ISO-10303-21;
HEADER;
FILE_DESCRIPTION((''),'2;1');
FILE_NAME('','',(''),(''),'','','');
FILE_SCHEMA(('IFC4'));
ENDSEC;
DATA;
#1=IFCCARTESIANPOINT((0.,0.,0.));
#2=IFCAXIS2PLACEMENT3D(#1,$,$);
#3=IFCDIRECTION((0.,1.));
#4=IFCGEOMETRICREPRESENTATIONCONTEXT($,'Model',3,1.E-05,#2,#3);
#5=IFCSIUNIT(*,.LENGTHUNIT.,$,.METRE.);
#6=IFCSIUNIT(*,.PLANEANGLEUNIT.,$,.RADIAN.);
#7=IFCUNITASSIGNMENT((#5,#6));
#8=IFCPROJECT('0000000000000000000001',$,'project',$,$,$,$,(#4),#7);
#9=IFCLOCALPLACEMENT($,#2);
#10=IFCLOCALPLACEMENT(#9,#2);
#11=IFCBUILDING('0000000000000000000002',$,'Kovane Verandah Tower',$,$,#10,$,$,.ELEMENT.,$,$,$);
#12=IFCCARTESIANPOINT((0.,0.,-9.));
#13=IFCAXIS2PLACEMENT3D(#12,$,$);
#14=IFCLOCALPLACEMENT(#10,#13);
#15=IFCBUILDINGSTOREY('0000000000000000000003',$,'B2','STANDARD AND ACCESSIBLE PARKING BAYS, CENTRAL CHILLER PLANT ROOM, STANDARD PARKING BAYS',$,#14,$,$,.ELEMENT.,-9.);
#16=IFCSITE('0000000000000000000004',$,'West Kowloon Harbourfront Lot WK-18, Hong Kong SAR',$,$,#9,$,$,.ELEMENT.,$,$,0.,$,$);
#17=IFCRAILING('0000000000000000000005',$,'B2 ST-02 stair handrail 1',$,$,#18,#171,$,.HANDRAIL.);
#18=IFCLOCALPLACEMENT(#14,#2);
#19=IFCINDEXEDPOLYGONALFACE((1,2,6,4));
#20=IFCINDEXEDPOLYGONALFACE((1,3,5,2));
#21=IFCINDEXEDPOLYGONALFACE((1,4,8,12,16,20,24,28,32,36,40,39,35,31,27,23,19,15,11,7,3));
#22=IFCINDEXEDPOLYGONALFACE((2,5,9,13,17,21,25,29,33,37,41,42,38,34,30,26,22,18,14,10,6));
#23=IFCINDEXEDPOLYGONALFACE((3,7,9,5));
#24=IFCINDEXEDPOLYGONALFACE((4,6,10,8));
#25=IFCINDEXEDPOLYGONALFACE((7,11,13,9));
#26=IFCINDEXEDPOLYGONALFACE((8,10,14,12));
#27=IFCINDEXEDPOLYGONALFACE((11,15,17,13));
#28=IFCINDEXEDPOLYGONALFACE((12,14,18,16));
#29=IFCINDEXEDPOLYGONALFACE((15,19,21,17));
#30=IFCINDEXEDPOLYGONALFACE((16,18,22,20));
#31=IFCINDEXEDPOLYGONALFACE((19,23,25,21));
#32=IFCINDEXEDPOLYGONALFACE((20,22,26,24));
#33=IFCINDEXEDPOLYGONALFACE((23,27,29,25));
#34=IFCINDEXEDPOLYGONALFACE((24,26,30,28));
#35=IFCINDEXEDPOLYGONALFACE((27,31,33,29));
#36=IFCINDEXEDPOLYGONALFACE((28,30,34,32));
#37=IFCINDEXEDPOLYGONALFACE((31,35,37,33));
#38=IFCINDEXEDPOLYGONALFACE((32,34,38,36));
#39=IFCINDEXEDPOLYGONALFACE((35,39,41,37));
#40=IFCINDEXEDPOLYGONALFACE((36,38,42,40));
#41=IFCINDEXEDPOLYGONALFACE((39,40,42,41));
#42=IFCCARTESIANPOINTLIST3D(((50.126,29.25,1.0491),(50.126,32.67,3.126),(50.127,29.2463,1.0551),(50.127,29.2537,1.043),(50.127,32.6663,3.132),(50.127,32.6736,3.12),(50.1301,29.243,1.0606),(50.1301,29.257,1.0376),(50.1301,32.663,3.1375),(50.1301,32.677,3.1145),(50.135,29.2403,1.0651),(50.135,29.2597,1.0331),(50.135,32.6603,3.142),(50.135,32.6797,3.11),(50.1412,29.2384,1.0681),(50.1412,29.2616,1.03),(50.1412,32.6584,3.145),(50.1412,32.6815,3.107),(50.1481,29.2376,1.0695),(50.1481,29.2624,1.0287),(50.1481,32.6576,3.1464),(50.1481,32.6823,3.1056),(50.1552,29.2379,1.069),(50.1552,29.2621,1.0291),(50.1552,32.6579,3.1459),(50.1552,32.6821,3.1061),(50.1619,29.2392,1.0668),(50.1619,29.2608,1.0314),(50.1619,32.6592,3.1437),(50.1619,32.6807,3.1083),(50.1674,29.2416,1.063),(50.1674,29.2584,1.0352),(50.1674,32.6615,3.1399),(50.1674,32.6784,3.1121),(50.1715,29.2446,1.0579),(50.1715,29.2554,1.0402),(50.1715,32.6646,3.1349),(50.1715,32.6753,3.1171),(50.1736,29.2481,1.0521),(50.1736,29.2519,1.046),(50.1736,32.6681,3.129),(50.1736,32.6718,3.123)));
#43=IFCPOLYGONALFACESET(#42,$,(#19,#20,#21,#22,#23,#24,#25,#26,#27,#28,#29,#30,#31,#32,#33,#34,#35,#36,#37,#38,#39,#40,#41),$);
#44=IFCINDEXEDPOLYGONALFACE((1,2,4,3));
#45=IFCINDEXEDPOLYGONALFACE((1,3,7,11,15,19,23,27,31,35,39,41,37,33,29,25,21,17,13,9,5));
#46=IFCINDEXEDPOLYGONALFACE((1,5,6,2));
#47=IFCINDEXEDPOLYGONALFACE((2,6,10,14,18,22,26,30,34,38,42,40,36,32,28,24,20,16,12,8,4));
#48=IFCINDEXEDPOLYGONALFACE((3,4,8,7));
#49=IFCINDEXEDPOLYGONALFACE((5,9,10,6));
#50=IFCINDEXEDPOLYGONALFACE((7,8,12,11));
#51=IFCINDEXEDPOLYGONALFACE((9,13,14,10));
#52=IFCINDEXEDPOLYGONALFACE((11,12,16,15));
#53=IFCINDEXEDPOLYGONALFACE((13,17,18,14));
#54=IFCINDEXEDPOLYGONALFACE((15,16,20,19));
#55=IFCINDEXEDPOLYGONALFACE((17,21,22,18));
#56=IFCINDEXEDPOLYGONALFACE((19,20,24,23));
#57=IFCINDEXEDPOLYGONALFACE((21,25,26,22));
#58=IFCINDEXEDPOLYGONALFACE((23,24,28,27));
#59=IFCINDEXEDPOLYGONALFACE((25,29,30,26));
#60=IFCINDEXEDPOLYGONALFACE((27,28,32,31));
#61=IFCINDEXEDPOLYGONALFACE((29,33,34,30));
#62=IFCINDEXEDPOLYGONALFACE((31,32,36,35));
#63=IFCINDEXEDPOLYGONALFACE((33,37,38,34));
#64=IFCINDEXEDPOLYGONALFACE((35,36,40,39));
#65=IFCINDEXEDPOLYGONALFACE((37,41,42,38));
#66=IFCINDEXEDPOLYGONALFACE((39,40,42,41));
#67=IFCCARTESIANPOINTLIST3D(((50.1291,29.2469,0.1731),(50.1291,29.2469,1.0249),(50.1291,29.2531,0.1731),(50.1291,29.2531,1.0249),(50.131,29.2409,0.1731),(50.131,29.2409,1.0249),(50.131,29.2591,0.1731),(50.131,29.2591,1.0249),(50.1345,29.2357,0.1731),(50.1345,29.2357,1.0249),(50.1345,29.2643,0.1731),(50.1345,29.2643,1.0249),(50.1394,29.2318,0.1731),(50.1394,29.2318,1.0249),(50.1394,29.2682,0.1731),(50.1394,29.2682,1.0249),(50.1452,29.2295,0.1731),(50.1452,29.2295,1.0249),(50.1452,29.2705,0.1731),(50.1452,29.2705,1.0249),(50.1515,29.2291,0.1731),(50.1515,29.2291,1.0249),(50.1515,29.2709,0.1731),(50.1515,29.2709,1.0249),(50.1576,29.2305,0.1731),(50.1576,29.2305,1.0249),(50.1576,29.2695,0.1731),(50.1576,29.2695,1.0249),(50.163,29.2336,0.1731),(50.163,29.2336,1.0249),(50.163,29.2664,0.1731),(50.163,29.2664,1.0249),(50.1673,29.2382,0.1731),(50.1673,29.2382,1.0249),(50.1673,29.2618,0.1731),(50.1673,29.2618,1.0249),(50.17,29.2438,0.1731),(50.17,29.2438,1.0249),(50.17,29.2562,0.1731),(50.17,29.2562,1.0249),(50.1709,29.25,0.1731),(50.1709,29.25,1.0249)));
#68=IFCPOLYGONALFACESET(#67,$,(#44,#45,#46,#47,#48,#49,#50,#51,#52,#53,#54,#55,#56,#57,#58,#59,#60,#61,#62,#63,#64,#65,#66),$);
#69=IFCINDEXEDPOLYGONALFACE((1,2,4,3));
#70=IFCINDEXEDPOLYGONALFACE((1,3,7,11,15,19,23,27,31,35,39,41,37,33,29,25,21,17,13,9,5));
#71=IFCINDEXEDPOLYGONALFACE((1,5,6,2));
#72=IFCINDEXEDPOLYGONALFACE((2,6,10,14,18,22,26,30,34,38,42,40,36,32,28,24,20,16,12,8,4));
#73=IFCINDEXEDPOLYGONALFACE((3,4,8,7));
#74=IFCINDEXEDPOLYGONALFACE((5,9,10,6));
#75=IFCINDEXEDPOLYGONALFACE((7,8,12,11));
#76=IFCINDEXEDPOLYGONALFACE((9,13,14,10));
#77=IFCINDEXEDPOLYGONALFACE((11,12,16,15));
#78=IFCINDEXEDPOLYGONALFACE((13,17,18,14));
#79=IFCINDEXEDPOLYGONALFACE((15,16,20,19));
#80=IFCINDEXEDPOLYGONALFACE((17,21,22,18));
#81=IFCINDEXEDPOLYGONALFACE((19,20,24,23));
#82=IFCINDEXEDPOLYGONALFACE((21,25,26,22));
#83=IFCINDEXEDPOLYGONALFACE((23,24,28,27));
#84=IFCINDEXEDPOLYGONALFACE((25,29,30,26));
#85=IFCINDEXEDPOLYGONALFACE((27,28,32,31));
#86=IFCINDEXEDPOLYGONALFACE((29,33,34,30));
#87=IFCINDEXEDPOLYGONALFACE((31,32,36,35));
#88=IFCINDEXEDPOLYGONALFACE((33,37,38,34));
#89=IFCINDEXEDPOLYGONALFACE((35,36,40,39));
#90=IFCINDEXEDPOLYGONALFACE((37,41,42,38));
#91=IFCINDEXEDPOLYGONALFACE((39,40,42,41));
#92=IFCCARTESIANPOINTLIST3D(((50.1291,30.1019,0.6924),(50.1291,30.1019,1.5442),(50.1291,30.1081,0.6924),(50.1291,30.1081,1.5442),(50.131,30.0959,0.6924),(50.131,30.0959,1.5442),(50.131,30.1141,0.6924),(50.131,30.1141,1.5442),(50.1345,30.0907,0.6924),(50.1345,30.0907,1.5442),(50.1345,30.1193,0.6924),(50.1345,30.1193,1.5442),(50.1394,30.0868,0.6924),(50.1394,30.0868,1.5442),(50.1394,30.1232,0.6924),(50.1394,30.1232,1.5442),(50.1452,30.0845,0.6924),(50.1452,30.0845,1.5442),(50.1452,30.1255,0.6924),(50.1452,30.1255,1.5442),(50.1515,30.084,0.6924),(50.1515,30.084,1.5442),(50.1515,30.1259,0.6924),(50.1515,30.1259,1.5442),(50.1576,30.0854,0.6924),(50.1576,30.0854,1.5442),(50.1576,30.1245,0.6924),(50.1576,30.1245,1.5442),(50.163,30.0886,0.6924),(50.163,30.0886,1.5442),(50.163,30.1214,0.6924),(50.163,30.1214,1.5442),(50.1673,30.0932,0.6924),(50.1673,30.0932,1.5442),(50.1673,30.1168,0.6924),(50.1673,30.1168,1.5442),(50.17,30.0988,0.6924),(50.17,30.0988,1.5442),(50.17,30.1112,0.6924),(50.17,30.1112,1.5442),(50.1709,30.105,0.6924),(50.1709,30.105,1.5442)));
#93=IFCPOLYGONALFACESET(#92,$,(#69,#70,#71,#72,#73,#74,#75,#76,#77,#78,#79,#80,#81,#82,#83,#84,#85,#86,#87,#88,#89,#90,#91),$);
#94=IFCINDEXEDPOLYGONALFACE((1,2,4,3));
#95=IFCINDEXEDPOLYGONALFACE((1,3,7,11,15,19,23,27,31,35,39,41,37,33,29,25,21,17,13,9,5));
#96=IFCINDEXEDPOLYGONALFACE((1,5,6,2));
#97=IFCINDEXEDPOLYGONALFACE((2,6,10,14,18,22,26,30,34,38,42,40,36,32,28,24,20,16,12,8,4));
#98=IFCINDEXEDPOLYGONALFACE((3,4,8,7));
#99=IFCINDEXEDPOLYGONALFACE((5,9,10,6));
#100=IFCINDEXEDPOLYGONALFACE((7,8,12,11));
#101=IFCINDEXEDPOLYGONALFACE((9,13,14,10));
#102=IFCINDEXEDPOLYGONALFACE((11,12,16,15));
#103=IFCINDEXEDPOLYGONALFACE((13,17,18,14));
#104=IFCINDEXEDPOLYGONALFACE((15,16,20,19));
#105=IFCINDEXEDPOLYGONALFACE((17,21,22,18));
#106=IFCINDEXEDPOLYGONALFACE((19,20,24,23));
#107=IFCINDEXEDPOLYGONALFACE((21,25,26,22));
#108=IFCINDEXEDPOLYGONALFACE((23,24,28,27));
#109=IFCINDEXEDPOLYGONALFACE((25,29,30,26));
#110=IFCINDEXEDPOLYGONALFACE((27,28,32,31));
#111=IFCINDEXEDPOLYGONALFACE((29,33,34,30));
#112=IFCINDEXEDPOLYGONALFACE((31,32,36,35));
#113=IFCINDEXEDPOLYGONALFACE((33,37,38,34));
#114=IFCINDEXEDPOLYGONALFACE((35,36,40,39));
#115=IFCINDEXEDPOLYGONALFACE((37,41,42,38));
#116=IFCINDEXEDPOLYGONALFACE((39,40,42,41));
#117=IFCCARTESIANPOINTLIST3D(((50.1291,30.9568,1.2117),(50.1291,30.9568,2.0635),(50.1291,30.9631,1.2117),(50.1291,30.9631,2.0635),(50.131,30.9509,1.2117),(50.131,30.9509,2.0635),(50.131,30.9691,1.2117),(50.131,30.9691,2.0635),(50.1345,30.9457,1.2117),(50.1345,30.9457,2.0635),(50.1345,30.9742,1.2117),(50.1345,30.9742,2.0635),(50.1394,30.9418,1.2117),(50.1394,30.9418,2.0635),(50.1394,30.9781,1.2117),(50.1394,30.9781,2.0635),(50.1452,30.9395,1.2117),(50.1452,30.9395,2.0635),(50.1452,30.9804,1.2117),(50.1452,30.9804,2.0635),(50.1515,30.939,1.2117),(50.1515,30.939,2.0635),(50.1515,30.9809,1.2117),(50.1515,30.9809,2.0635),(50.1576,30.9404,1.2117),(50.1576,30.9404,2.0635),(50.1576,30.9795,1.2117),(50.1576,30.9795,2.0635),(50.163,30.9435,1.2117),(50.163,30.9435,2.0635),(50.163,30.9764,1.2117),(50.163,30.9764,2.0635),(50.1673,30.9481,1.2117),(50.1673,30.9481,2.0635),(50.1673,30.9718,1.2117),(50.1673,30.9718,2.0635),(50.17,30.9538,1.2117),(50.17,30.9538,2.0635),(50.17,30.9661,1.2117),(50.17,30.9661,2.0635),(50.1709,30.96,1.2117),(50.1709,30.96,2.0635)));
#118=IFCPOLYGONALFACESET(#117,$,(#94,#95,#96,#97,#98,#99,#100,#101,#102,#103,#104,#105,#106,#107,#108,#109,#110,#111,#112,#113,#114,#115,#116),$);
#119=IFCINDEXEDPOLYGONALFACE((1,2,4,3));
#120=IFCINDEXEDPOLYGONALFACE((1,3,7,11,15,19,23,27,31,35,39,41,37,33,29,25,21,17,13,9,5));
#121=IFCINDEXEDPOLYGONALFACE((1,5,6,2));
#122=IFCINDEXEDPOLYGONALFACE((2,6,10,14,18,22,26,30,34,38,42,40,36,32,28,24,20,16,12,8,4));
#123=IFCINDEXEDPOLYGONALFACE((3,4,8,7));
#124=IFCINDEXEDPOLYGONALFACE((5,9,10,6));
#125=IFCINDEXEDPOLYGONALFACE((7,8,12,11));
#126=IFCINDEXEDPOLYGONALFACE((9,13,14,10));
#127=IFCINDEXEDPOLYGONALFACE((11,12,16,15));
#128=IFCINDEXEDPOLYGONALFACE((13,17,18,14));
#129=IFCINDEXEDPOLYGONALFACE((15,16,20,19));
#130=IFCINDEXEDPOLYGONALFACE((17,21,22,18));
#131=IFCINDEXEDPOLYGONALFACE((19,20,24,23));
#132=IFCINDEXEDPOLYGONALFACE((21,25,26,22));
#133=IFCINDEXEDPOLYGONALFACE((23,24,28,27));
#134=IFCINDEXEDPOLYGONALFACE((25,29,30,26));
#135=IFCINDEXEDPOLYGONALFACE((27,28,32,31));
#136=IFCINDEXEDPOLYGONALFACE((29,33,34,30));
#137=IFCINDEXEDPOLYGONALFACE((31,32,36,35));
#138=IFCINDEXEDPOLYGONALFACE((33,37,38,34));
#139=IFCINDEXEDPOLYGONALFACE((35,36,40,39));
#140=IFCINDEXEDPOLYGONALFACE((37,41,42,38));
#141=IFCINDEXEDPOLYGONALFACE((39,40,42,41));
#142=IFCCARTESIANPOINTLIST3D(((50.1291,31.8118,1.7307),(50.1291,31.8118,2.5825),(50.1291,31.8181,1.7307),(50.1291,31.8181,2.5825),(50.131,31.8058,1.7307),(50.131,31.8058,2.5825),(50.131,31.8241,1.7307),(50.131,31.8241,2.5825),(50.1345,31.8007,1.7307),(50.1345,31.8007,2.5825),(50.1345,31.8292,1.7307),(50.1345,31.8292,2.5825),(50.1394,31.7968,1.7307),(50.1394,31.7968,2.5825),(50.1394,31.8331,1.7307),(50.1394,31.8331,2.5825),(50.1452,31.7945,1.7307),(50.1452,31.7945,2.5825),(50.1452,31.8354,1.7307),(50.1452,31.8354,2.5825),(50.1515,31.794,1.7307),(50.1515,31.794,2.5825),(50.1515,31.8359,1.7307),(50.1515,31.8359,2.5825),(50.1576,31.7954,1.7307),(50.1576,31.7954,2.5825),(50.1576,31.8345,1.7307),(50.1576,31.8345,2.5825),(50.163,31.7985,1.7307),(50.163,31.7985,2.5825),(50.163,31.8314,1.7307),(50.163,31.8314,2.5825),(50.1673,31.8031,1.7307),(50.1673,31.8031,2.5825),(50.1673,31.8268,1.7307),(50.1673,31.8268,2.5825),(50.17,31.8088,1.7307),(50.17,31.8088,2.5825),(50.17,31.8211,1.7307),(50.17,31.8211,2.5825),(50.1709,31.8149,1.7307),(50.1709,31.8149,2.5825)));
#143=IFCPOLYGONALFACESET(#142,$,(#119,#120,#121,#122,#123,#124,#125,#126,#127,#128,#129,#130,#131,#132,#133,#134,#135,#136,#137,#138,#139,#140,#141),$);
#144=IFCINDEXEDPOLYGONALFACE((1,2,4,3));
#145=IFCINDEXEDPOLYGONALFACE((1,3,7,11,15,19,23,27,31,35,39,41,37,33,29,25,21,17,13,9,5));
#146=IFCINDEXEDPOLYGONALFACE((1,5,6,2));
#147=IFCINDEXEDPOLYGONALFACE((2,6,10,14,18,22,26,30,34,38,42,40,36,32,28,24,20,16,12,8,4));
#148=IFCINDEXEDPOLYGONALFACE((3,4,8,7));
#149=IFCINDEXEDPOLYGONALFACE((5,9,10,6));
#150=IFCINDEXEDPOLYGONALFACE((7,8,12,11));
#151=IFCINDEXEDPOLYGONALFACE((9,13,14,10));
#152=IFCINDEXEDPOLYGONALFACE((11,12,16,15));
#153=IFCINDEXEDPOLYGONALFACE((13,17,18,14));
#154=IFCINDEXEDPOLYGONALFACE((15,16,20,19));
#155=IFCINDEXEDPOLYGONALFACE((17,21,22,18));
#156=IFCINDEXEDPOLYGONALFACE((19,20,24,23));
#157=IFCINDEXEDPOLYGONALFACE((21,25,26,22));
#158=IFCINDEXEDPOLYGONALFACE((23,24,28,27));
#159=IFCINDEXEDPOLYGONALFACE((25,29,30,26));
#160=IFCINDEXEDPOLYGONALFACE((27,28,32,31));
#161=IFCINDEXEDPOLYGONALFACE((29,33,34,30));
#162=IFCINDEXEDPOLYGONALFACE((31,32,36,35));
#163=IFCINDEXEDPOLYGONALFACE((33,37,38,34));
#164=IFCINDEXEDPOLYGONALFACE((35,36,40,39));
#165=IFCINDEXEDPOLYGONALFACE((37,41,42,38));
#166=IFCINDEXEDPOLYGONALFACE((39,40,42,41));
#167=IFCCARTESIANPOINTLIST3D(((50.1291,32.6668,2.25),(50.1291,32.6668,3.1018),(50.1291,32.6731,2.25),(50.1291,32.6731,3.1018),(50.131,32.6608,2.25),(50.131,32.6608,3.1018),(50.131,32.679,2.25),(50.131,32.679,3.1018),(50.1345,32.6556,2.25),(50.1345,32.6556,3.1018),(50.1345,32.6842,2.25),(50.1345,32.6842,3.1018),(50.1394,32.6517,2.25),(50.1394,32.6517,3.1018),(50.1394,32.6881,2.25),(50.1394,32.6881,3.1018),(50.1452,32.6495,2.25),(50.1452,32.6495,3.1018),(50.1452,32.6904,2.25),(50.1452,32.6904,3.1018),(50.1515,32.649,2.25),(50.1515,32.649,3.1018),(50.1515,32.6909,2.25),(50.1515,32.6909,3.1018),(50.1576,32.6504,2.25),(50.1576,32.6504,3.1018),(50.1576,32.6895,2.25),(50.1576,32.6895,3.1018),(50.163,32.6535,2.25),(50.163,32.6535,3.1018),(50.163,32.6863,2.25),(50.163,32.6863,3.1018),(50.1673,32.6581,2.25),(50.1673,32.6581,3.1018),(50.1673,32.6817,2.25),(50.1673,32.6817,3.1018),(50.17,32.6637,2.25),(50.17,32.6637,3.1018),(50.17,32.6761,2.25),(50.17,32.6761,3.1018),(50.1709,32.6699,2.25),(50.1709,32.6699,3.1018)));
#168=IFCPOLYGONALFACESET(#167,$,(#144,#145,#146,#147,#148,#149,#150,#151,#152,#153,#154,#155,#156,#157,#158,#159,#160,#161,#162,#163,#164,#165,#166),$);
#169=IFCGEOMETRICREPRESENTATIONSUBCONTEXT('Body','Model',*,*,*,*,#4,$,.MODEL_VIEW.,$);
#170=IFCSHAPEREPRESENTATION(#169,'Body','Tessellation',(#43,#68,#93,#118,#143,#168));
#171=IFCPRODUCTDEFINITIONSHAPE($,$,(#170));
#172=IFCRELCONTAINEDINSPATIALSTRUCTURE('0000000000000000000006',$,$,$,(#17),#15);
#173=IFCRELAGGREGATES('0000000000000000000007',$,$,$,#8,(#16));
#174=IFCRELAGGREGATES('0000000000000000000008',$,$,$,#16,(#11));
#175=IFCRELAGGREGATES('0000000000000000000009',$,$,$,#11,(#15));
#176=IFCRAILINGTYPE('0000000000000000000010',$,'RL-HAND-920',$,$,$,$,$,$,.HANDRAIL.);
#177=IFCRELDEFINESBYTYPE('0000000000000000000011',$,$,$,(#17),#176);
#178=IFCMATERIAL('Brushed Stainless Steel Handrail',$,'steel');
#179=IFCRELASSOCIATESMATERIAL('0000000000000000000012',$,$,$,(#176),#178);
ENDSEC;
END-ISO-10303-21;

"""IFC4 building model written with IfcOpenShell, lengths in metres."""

from ifc_helpers import new_model, si_unit, direction, frame, origin, origin_2d, place, context, subcontext, project, spatial, circle, extrude, material, type_object, element, save


model = new_model("IFC4")

# Units and contexts
model_context = context("Model", 3, precision=1e-05, world=origin(), true_north=direction((0.0, 1.0)))
body_context = subcontext(model_context, "Body", "Model", "MODEL_VIEW")
ifc_project = project(units=[si_unit("LENGTHUNIT", "METRE"), si_unit("PLANEANGLEUNIT", "RADIAN")], contexts=[model_context])

# Site, building, storey
site_placement = place(None, origin())
site = spatial("IfcSite", under=ifc_project, at=site_placement, Name="West Kowloon Harbourfront Lot WK-18, Hong Kong SAR", CompositionType="ELEMENT", RefElevation=0.0)
building_placement = place(site_placement, origin())
building = spatial("IfcBuilding", under=site, at=building_placement, Name="Kovane Verandah Tower", CompositionType="ELEMENT")
storey_placement = place(building_placement, frame((0.0, 0.0, -9.0)))
storey = spatial("IfcBuildingStorey", under=building, at=storey_placement, Name="B2", Description="STANDARD AND ACCESSIBLE PARKING BAYS, CENTRAL CHILLER PLANT ROOM, STANDARD PARKING BAYS", CompositionType="ELEMENT", Elevation=-9.0)

# Railing
ifc_material_1 = material(Name="Brushed Stainless Steel Handrail", Category="steel")
railing_type_1 = type_object("IfcRailingType", Name="RL-HAND-920", PredefinedType="HANDRAIL", material=ifc_material_1)
railing_1_placement = place(storey_placement, frame((50.1499, 29.25, 0.1731)))
element("IfcRailing", 1, at=railing_1_placement, inside=storey, type_object=railing_type_1, Name="B2 ST-02 stair handrail 1", PredefinedType="HANDRAIL", context=body_context, shape_type="SweptSolid", body=[
    extrude(circle(Radius=0.0239, at=origin_2d()), frame((0.0, 0.0, 0.876), z_axis=(0.0, 0.85473, 0.519074), x_axis=(-1.0, 0.0, 0.0)), (0.0, 0.0, 1.0), 4.0012),
    extrude(circle(Radius=0.021, at=origin_2d()), origin(), (0.0, 0.0, 1.0), 0.8518),
    extrude(circle(Radius=0.021, at=origin_2d()), frame((0.0, 0.855, 0.5193)), (0.0, 0.0, 1.0), 0.8518),
    extrude(circle(Radius=0.021, at=origin_2d()), frame((0.0, 1.71, 1.0386)), (0.0, 0.0, 1.0), 0.8518),
    extrude(circle(Radius=0.021, at=origin_2d()), frame((0.0, 2.5649, 1.5576)), (0.0, 0.0, 1.0), 0.8518),
    extrude(circle(Radius=0.021, at=origin_2d()), frame((0.0, 3.4199, 2.0769)), (0.0, 0.0, 1.0), 0.8518),
])

save(model, "model.ifc")
